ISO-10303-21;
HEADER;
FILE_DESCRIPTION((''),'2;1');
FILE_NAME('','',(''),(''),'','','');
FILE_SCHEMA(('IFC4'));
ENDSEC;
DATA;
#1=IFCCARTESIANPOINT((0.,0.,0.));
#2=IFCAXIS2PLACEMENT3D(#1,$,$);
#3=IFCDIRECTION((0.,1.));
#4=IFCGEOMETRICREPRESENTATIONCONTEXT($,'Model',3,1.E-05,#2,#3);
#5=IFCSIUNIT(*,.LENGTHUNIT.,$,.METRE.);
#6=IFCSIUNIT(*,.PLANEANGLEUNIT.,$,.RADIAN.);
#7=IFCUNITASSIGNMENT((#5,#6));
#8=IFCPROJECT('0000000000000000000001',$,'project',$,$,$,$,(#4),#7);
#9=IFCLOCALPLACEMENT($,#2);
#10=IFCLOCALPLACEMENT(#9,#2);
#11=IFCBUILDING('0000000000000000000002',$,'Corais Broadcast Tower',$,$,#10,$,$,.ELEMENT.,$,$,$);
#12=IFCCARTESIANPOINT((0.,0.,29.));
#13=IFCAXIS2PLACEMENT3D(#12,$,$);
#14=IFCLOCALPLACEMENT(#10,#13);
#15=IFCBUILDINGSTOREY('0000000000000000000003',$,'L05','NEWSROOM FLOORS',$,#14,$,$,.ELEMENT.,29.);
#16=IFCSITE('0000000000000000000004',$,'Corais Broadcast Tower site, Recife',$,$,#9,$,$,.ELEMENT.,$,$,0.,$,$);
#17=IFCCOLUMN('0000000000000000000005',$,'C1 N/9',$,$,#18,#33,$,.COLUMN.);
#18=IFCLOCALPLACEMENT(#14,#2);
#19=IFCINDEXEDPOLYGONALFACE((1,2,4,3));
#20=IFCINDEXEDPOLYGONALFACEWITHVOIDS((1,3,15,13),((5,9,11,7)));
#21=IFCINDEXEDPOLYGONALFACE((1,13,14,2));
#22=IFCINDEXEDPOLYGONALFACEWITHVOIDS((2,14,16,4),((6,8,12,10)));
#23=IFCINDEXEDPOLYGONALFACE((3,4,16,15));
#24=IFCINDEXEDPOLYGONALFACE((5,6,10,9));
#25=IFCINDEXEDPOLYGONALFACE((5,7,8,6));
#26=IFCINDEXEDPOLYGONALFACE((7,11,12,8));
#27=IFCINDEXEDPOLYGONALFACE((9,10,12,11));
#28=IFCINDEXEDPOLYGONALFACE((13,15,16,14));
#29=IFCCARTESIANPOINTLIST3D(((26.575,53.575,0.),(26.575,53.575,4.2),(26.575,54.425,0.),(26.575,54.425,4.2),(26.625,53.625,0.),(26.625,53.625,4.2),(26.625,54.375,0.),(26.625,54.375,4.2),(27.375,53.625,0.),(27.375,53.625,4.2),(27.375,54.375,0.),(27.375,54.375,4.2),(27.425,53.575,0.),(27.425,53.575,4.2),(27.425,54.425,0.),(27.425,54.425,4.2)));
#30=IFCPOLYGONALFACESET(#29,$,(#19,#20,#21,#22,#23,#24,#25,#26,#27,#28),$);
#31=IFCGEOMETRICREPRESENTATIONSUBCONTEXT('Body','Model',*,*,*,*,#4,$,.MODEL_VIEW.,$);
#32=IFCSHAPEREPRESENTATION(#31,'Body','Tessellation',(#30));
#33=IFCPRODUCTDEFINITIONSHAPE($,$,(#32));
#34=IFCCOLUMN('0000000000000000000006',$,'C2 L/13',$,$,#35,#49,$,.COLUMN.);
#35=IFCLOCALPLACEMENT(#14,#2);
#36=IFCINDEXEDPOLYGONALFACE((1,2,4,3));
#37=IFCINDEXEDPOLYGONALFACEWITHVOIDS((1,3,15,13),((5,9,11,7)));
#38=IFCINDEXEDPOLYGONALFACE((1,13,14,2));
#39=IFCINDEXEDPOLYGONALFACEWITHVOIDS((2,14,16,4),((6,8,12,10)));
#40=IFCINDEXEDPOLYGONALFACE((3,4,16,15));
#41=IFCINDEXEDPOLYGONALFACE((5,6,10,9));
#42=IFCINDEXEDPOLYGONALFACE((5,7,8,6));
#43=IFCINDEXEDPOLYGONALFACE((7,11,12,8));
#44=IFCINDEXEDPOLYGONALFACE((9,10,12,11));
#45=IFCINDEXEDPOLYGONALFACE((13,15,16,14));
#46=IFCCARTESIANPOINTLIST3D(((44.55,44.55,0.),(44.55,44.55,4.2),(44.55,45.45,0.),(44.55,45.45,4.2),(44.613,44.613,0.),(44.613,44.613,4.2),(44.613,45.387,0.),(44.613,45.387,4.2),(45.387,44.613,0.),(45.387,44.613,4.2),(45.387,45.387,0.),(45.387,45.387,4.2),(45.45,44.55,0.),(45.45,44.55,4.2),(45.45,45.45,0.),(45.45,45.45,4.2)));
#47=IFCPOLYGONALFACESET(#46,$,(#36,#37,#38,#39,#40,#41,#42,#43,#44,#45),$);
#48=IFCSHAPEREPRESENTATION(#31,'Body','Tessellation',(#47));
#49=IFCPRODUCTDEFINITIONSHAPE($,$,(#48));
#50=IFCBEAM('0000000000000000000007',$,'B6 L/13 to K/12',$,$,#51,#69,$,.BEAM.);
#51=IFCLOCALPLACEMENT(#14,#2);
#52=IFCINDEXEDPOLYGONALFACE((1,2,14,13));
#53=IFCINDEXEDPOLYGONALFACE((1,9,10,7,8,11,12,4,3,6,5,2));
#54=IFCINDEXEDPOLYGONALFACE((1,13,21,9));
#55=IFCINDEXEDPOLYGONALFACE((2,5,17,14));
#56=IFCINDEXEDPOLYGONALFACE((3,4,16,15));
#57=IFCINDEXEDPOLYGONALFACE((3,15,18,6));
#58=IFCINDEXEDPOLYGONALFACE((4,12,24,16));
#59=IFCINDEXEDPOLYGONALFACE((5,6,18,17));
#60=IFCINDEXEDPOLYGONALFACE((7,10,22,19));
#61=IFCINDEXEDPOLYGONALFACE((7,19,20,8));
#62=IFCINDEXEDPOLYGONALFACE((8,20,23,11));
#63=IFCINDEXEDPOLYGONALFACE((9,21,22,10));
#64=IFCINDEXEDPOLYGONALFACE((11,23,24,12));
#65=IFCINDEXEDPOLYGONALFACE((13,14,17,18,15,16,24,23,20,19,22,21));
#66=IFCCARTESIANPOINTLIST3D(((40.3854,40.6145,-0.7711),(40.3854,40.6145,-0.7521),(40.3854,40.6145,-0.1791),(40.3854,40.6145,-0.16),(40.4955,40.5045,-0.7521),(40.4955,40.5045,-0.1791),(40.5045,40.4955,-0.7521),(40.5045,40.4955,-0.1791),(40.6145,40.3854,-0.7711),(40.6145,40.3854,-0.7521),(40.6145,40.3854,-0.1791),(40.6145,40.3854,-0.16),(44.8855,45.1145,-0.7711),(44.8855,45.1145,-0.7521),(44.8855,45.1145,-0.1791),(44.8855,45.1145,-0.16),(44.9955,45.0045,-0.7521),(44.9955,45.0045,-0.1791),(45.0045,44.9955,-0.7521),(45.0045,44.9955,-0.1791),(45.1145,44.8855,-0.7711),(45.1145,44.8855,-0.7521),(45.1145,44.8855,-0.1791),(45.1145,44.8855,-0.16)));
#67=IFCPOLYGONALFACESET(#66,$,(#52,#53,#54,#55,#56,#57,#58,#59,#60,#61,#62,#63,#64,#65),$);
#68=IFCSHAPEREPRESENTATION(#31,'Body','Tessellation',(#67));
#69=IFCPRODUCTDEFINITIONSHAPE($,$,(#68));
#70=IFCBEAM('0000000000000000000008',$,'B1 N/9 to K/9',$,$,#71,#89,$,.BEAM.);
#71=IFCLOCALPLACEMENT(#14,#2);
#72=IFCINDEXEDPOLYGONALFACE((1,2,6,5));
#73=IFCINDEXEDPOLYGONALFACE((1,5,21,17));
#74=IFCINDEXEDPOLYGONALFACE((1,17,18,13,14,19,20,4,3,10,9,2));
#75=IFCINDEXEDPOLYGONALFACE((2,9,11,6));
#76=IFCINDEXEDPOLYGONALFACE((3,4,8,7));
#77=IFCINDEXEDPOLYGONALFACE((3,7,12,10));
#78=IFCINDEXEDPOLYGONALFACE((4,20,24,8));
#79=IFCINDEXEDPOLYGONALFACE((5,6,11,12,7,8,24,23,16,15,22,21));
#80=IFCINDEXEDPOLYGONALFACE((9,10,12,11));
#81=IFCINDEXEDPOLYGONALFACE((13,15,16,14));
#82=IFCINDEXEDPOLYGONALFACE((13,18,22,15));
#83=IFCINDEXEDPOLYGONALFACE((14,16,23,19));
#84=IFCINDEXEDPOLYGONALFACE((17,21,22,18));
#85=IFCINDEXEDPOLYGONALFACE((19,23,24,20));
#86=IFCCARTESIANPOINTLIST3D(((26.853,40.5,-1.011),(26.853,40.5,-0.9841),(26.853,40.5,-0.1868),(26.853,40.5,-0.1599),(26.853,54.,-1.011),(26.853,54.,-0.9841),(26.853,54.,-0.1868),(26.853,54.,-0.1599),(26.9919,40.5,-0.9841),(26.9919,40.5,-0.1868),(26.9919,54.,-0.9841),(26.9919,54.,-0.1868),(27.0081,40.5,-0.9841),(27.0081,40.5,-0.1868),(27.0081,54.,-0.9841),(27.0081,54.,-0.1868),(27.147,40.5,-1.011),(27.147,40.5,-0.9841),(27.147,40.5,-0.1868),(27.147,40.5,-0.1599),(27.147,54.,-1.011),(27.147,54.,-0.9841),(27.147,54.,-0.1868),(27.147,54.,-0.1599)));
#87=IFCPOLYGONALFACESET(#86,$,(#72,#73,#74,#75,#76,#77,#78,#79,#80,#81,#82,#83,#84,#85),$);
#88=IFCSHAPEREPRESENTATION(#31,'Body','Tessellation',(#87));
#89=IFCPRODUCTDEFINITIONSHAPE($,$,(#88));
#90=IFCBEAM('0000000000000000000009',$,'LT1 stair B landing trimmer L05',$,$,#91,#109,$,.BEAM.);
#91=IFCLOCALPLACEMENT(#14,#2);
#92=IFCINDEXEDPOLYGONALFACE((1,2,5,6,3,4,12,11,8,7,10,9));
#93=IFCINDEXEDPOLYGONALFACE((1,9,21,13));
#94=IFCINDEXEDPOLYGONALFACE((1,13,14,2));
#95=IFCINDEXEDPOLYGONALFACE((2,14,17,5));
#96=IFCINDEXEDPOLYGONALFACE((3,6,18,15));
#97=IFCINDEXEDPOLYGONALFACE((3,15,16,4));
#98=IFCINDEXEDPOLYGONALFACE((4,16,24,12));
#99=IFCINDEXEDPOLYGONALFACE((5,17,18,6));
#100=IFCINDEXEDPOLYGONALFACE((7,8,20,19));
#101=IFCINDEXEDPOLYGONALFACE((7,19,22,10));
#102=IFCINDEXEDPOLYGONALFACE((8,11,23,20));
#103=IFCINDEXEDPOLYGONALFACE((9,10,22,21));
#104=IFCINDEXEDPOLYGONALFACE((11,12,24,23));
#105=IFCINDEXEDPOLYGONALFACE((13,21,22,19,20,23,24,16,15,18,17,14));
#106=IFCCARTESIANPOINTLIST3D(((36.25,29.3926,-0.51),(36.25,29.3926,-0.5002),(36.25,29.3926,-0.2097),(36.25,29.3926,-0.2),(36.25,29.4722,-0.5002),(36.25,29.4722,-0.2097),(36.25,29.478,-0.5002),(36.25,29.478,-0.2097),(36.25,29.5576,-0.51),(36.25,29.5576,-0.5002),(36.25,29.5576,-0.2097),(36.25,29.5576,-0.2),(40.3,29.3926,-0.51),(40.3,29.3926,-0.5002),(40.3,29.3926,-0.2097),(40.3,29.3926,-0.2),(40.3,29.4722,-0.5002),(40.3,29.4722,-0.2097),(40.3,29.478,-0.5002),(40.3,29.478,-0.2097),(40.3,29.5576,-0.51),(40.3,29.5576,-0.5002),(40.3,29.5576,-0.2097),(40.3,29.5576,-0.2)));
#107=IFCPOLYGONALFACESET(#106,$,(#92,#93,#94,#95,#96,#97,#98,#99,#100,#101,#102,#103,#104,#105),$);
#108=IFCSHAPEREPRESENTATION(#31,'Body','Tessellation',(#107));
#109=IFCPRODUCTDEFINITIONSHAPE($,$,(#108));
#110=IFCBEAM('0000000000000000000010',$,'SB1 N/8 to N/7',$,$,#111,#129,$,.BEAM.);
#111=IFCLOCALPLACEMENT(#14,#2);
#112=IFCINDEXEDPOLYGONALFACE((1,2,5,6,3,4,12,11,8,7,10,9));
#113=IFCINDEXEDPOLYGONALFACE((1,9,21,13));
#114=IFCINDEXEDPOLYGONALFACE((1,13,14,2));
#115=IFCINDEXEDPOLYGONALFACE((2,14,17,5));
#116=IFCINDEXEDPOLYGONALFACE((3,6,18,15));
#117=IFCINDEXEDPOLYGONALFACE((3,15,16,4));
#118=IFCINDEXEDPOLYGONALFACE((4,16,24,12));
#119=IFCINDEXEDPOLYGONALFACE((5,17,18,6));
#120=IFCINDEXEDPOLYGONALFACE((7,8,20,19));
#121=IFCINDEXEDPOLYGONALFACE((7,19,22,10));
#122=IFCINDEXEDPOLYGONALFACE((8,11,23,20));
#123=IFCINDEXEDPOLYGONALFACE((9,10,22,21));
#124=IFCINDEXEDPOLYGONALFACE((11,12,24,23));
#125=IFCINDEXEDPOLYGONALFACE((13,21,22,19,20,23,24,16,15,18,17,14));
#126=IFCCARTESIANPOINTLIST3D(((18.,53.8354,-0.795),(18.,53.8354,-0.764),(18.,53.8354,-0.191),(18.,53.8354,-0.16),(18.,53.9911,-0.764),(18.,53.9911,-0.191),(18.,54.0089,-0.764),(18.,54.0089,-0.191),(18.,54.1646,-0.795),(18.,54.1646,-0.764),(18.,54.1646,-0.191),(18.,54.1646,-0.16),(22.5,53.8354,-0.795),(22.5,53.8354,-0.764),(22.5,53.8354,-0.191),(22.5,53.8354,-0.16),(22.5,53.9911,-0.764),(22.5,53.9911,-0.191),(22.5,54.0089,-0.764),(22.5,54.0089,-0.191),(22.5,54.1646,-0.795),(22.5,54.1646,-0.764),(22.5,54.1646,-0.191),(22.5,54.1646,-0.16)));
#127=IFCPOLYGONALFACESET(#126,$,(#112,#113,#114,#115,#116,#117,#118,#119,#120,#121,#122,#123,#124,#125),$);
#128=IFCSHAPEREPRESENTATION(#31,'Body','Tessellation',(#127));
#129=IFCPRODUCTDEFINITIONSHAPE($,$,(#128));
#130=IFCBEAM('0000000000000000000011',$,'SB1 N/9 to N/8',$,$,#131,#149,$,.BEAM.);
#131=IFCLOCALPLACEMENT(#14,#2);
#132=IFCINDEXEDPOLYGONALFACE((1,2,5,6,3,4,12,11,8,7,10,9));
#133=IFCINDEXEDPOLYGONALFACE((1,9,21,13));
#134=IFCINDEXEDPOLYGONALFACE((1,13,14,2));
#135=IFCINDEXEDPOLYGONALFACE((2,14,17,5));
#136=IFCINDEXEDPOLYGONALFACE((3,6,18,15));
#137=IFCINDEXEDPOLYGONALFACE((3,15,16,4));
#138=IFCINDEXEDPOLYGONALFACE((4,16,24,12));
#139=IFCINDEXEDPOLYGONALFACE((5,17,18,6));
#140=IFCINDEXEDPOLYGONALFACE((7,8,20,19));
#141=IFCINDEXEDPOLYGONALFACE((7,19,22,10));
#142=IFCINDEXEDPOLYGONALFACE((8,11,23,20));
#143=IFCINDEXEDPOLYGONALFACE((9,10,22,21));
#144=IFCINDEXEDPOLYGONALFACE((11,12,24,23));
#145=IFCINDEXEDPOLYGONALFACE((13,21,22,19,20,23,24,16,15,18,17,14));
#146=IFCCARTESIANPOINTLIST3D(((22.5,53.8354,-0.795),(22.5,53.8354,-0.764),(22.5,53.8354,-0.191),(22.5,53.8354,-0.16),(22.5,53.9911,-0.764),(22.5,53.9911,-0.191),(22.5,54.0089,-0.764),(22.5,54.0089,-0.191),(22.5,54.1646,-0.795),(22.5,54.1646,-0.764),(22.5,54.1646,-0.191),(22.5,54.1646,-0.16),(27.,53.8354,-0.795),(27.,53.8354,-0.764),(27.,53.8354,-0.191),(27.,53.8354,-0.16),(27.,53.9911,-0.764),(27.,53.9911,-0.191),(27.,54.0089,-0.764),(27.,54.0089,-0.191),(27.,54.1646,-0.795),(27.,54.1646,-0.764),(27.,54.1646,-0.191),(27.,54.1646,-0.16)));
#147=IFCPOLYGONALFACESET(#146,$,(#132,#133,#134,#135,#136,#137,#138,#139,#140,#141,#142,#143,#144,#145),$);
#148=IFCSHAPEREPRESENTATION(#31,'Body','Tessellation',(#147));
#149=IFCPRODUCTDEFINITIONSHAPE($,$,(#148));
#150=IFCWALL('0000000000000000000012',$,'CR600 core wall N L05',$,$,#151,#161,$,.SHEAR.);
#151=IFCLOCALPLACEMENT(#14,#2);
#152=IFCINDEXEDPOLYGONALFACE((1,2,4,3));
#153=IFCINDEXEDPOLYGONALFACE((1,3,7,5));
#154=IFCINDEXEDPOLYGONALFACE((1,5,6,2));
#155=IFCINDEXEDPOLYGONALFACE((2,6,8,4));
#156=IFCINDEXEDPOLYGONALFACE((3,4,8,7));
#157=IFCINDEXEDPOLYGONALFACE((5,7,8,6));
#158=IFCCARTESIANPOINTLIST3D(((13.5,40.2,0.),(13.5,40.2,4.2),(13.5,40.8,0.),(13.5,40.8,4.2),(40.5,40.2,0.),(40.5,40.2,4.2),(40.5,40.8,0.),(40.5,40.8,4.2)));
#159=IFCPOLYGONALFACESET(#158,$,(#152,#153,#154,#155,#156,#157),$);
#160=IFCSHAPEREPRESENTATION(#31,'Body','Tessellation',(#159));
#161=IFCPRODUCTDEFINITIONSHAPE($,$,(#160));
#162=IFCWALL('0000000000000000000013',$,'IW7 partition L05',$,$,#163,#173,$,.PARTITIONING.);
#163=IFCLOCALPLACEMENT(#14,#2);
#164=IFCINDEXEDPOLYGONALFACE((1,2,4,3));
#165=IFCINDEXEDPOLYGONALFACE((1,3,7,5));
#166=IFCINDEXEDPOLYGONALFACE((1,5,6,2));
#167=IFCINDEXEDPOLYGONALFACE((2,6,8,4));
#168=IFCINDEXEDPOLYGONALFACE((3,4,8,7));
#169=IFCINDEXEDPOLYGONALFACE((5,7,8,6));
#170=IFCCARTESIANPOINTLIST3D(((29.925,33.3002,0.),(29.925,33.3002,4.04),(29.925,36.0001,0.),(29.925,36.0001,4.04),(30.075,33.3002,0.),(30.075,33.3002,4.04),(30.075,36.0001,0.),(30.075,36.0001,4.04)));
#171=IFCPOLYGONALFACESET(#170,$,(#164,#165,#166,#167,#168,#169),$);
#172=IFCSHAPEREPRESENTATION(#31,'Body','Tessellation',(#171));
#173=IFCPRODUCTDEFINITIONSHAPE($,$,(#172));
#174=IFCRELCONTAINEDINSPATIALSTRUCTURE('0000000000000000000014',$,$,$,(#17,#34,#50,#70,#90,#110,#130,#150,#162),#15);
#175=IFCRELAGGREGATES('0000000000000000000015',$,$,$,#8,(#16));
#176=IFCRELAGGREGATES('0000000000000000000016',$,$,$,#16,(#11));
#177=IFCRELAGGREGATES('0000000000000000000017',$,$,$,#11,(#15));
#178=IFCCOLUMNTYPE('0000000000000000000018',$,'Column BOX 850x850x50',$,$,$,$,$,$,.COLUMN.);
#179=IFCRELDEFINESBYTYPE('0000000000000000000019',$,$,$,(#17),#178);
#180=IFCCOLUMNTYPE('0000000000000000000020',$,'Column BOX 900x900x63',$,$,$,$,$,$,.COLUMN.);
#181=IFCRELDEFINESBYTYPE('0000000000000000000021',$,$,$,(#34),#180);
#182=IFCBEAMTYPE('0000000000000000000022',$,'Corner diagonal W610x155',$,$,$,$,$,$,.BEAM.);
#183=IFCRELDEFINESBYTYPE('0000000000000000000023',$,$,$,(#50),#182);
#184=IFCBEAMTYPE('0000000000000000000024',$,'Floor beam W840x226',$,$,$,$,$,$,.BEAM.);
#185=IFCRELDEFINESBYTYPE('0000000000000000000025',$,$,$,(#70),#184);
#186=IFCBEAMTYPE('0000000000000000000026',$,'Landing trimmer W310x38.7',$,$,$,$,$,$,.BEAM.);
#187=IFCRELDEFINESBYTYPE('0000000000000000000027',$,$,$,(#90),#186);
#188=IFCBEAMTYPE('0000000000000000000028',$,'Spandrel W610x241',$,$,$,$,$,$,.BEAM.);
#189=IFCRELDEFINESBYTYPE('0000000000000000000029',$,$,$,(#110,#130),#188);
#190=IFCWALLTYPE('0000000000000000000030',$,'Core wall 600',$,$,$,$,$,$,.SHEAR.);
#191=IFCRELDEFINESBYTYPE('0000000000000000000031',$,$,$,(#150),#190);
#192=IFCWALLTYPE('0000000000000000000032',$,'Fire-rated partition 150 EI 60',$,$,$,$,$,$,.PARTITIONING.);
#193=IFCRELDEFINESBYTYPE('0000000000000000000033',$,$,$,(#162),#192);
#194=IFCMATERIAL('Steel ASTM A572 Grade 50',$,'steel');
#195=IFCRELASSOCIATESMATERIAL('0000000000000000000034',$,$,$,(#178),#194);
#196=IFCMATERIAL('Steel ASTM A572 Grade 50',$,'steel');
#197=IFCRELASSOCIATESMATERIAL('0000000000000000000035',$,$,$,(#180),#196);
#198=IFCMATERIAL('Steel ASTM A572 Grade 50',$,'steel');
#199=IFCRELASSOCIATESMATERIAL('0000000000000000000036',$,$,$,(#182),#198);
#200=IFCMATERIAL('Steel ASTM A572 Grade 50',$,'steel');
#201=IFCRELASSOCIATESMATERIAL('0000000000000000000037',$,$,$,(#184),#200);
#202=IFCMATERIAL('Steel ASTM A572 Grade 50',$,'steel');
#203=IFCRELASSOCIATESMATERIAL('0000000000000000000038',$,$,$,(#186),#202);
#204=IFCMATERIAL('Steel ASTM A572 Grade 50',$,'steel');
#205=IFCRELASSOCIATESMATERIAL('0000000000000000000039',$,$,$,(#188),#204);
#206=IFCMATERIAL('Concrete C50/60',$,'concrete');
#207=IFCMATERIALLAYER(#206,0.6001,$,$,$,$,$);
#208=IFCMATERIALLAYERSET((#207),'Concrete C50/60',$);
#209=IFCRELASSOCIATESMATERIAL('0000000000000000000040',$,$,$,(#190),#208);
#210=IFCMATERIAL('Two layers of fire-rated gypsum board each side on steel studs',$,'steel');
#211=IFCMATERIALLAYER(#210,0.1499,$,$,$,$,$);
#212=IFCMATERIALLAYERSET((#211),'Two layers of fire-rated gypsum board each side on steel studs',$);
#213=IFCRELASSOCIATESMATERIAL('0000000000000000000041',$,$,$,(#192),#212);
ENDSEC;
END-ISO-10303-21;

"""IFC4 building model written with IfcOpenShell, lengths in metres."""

from ifc_helpers import new_model, si_unit, direction, frame, frame_2d, origin, origin_2d, place, context, subcontext, project, spatial, rectangle, hollow_rectangle, i_section, extrude, material, layer, layer_set, material_profile, profile_set, type_object, element, save


model = new_model("IFC4")

# Units and contexts
model_context = context("Model", 3, precision=1e-05, world=origin(), true_north=direction((0.0, 1.0)))
body_context = subcontext(model_context, "Body", "Model", "MODEL_VIEW")
ifc_project = project(units=[si_unit("LENGTHUNIT", "METRE"), si_unit("PLANEANGLEUNIT", "RADIAN")], contexts=[model_context])

# Site, building, storey
site_placement = place(None, origin())
site = spatial("IfcSite", under=ifc_project, at=site_placement, Name="Corais Broadcast Tower site, Recife", CompositionType="ELEMENT", RefElevation=0.0)
building_placement = place(site_placement, origin())
building = spatial("IfcBuilding", under=site, at=building_placement, Name="Corais Broadcast Tower", CompositionType="ELEMENT")
storey_placement = place(building_placement, frame((0.0, 0.0, 29.0)))
storey = spatial("IfcBuildingStorey", under=building, at=storey_placement, Name="L05", Description="NEWSROOM FLOORS", CompositionType="ELEMENT", Elevation=29.0)

# Columns
ifc_material_1 = material(Name="Steel ASTM A572 Grade 50", Category="steel")
ifc_material_profile_1 = material_profile(ifc_material_1, hollow_rectangle(XDim=0.8501, YDim=0.8501, WallThickness=0.05, at=origin_2d()), Name="BOX 850x850x50")
ifc_profile_set_1 = profile_set([ifc_material_profile_1], Name="Steel ASTM A572 Grade 50")
column_type_1 = type_object("IfcColumnType", Name="Column BOX 850x850x50", PredefinedType="COLUMN", material=ifc_profile_set_1)
column_1_placement = place(storey_placement, frame((27.0, 54.0, 0.0), z_axis=(0.0, 0.0, 1.0), x_axis=(1.0, 0.0, 0.0)))
element("IfcColumn", 1, at=column_1_placement, inside=storey, type_object=column_type_1, Name="C1 N/9", PredefinedType="COLUMN", context=body_context, shape_type="SweptSolid", body=[
    extrude(hollow_rectangle(XDim=0.8501, YDim=0.8501, WallThickness=0.05, at=origin_2d()), origin(), (0.0, 0.0, 1.0), 4.2),
])
ifc_material_2 = material(Name="Steel ASTM A572 Grade 50", Category="steel")
ifc_material_profile_2 = material_profile(ifc_material_2, hollow_rectangle(XDim=0.8999, YDim=0.8999, WallThickness=0.063, at=origin_2d()), Name="BOX 900x900x63")
ifc_profile_set_2 = profile_set([ifc_material_profile_2], Name="Steel ASTM A572 Grade 50")
column_type_2 = type_object("IfcColumnType", Name="Column BOX 900x900x63", PredefinedType="COLUMN", material=ifc_profile_set_2)
column_2_placement = place(storey_placement, frame((45.0, 45.0, 0.0), z_axis=(0.0, 0.0, 1.0), x_axis=(1.0, 0.0, 0.0)))
element("IfcColumn", 2, at=column_2_placement, inside=storey, type_object=column_type_2, Name="C2 L/13", PredefinedType="COLUMN", context=body_context, shape_type="SweptSolid", body=[
    extrude(hollow_rectangle(XDim=0.8999, YDim=0.8999, WallThickness=0.063, at=origin_2d()), origin(), (0.0, 0.0, 1.0), 4.2),
])

# Beams
ifc_material_3 = material(Name="Steel ASTM A572 Grade 50", Category="steel")
ifc_material_profile_3 = material_profile(ifc_material_3, i_section(OverallWidth=0.324, OverallDepth=0.6111, WebThickness=0.0127, FlangeThickness=0.019, at=origin_2d()), Name="W610x155")
ifc_profile_set_3 = profile_set([ifc_material_profile_3], Name="Steel ASTM A572 Grade 50")
beam_type_1 = type_object("IfcBeamType", Name="Corner diagonal W610x155", PredefinedType="BEAM", material=ifc_profile_set_3)
beam_1_placement = place(storey_placement, frame((45.0, 45.0, -0.4656), z_axis=(-0.707107, -0.707107, 0.0), x_axis=(0.707107, -0.707107, 0.0)))
element("IfcBeam", 3, at=beam_1_placement, inside=storey, type_object=beam_type_1, Name="B6 L/13 to K/12", PredefinedType="BEAM", context=body_context, shape_type="SweptSolid", body=[
    extrude(i_section(OverallWidth=0.324, OverallDepth=0.6111, WebThickness=0.0127, FlangeThickness=0.019, at=origin_2d()), origin(), (0.0, 0.0, 1.0), 6.364),
])
ifc_material_4 = material(Name="Steel ASTM A572 Grade 50", Category="steel")
ifc_material_profile_4 = material_profile(ifc_material_4, i_section(OverallWidth=0.2939, OverallDepth=0.8511, WebThickness=0.0161, FlangeThickness=0.0269, at=origin_2d()), Name="W840x226")
ifc_profile_set_4 = profile_set([ifc_material_profile_4], Name="Steel ASTM A572 Grade 50")
beam_type_2 = type_object("IfcBeamType", Name="Floor beam W840x226", PredefinedType="BEAM", material=ifc_profile_set_4)
beam_2_placement = place(storey_placement, frame((27.0, 54.0, -0.5854), z_axis=(0.0, -1.0, 0.0), x_axis=(1.0, 0.0, 0.0)))
element("IfcBeam", 4, at=beam_2_placement, inside=storey, type_object=beam_type_2, Name="B1 N/9 to K/9", PredefinedType="BEAM", context=body_context, shape_type="SweptSolid", body=[
    extrude(i_section(OverallWidth=0.2939, OverallDepth=0.8511, WebThickness=0.0161, FlangeThickness=0.0269, at=origin_2d()), origin(), (0.0, 0.0, 1.0), 13.5),
])
ifc_material_5 = material(Name="Steel ASTM A572 Grade 50", Category="steel")
ifc_material_profile_5 = material_profile(ifc_material_5, i_section(OverallWidth=0.165, OverallDepth=0.3101, WebThickness=0.0059, FlangeThickness=0.0098, at=origin_2d()), Name="W310x38.7")
ifc_profile_set_5 = profile_set([ifc_material_profile_5], Name="Steel ASTM A572 Grade 50")
beam_type_3 = type_object("IfcBeamType", Name="Landing trimmer W310x38.7", PredefinedType="BEAM", material=ifc_profile_set_5)
beam_3_placement = place(storey_placement, frame((36.25, 29.4751, -0.355), z_axis=(1.0, 0.0, 0.0), x_axis=(0.0, 1.0, 0.0)))
element("IfcBeam", 5, at=beam_3_placement, inside=storey, type_object=beam_type_3, Name="LT1 stair B landing trimmer L05", PredefinedType="BEAM", context=body_context, shape_type="SweptSolid", body=[
    extrude(i_section(OverallWidth=0.165, OverallDepth=0.3101, WebThickness=0.0059, FlangeThickness=0.0098, at=origin_2d()), origin(), (0.0, 0.0, 1.0), 4.05),
])
ifc_material_6 = material(Name="Steel ASTM A572 Grade 50", Category="steel")
ifc_material_profile_6 = material_profile(ifc_material_6, i_section(OverallWidth=0.3291, OverallDepth=0.635, WebThickness=0.0178, FlangeThickness=0.031, at=origin_2d()), Name="W610x241")
ifc_profile_set_6 = profile_set([ifc_material_profile_6], Name="Steel ASTM A572 Grade 50")
beam_type_4 = type_object("IfcBeamType", Name="Spandrel W610x241", PredefinedType="BEAM", material=ifc_profile_set_6)
for number, where, z_axis, x_axis, name in (
    (6, (22.5, 54.0, -0.4775), (-1.0, 0.0, 0.0), (0.0, -1.0, 0.0), "SB1 N/8 to N/7"),
    (7, (27.0, 54.0, -0.4775), (-1.0, 0.0, 0.0), (0.0, -1.0, 0.0), "SB1 N/9 to N/8"),
):
    element("IfcBeam", number, at=place(storey_placement, frame(where, z_axis=z_axis, x_axis=x_axis)), inside=storey, type_object=beam_type_4, Name=name, PredefinedType="BEAM", context=body_context, shape_type="SweptSolid", body=[
        extrude(i_section(OverallWidth=0.3291, OverallDepth=0.635, WebThickness=0.0178, FlangeThickness=0.031, at=origin_2d()), origin(), (0.0, 0.0, 1.0), 4.5),
    ])

# Walls
ifc_material_7 = material(Name="Concrete C50/60", Category="concrete")
ifc_layer_1 = layer(ifc_material_7, 0.6001)
ifc_layer_set_1 = layer_set([ifc_layer_1], Name="Concrete C50/60")
wall_type_1 = type_object("IfcWallType", Name="Core wall 600", PredefinedType="SHEAR", material=ifc_layer_set_1)
wall_1_placement = place(storey_placement, frame((40.5, 40.5, 0.0), z_axis=(0.0, 0.0, 1.0), x_axis=(-1.0, 0.0, 0.0)))
element("IfcWall", 8, at=wall_1_placement, inside=storey, type_object=wall_type_1, Name="CR600 core wall N L05", PredefinedType="SHEAR", context=body_context, shape_type="SweptSolid", body=[
    extrude(rectangle(XDim=27.0, YDim=0.6001, at=frame_2d((13.5, 0.0))), origin(), (0.0, 0.0, 1.0), 4.2),
])
ifc_material_8 = material(Name="Two layers of fire-rated gypsum board each side on steel studs", Category="steel")
ifc_layer_2 = layer(ifc_material_8, 0.1499)
ifc_layer_set_2 = layer_set([ifc_layer_2], Name="Two layers of fire-rated gypsum board each side on steel studs")
wall_type_2 = type_object("IfcWallType", Name="Fire-rated partition 150 EI 60", PredefinedType="PARTITIONING", material=ifc_layer_set_2)
wall_2_placement = place(storey_placement, frame((30.0, 33.3, 0.0), z_axis=(0.0, 0.0, 1.0), x_axis=(0.0, 1.0, 0.0)))
element("IfcWall", 9, at=wall_2_placement, inside=storey, type_object=wall_type_2, Name="IW7 partition L05", PredefinedType="PARTITIONING", context=body_context, shape_type="SweptSolid", body=[
    extrude(rectangle(XDim=2.7, YDim=0.1499, at=frame_2d((1.3501, 0.0))), origin(), (0.0, 0.0, 1.0), 4.04),
])

save(model, "model.ifc")
